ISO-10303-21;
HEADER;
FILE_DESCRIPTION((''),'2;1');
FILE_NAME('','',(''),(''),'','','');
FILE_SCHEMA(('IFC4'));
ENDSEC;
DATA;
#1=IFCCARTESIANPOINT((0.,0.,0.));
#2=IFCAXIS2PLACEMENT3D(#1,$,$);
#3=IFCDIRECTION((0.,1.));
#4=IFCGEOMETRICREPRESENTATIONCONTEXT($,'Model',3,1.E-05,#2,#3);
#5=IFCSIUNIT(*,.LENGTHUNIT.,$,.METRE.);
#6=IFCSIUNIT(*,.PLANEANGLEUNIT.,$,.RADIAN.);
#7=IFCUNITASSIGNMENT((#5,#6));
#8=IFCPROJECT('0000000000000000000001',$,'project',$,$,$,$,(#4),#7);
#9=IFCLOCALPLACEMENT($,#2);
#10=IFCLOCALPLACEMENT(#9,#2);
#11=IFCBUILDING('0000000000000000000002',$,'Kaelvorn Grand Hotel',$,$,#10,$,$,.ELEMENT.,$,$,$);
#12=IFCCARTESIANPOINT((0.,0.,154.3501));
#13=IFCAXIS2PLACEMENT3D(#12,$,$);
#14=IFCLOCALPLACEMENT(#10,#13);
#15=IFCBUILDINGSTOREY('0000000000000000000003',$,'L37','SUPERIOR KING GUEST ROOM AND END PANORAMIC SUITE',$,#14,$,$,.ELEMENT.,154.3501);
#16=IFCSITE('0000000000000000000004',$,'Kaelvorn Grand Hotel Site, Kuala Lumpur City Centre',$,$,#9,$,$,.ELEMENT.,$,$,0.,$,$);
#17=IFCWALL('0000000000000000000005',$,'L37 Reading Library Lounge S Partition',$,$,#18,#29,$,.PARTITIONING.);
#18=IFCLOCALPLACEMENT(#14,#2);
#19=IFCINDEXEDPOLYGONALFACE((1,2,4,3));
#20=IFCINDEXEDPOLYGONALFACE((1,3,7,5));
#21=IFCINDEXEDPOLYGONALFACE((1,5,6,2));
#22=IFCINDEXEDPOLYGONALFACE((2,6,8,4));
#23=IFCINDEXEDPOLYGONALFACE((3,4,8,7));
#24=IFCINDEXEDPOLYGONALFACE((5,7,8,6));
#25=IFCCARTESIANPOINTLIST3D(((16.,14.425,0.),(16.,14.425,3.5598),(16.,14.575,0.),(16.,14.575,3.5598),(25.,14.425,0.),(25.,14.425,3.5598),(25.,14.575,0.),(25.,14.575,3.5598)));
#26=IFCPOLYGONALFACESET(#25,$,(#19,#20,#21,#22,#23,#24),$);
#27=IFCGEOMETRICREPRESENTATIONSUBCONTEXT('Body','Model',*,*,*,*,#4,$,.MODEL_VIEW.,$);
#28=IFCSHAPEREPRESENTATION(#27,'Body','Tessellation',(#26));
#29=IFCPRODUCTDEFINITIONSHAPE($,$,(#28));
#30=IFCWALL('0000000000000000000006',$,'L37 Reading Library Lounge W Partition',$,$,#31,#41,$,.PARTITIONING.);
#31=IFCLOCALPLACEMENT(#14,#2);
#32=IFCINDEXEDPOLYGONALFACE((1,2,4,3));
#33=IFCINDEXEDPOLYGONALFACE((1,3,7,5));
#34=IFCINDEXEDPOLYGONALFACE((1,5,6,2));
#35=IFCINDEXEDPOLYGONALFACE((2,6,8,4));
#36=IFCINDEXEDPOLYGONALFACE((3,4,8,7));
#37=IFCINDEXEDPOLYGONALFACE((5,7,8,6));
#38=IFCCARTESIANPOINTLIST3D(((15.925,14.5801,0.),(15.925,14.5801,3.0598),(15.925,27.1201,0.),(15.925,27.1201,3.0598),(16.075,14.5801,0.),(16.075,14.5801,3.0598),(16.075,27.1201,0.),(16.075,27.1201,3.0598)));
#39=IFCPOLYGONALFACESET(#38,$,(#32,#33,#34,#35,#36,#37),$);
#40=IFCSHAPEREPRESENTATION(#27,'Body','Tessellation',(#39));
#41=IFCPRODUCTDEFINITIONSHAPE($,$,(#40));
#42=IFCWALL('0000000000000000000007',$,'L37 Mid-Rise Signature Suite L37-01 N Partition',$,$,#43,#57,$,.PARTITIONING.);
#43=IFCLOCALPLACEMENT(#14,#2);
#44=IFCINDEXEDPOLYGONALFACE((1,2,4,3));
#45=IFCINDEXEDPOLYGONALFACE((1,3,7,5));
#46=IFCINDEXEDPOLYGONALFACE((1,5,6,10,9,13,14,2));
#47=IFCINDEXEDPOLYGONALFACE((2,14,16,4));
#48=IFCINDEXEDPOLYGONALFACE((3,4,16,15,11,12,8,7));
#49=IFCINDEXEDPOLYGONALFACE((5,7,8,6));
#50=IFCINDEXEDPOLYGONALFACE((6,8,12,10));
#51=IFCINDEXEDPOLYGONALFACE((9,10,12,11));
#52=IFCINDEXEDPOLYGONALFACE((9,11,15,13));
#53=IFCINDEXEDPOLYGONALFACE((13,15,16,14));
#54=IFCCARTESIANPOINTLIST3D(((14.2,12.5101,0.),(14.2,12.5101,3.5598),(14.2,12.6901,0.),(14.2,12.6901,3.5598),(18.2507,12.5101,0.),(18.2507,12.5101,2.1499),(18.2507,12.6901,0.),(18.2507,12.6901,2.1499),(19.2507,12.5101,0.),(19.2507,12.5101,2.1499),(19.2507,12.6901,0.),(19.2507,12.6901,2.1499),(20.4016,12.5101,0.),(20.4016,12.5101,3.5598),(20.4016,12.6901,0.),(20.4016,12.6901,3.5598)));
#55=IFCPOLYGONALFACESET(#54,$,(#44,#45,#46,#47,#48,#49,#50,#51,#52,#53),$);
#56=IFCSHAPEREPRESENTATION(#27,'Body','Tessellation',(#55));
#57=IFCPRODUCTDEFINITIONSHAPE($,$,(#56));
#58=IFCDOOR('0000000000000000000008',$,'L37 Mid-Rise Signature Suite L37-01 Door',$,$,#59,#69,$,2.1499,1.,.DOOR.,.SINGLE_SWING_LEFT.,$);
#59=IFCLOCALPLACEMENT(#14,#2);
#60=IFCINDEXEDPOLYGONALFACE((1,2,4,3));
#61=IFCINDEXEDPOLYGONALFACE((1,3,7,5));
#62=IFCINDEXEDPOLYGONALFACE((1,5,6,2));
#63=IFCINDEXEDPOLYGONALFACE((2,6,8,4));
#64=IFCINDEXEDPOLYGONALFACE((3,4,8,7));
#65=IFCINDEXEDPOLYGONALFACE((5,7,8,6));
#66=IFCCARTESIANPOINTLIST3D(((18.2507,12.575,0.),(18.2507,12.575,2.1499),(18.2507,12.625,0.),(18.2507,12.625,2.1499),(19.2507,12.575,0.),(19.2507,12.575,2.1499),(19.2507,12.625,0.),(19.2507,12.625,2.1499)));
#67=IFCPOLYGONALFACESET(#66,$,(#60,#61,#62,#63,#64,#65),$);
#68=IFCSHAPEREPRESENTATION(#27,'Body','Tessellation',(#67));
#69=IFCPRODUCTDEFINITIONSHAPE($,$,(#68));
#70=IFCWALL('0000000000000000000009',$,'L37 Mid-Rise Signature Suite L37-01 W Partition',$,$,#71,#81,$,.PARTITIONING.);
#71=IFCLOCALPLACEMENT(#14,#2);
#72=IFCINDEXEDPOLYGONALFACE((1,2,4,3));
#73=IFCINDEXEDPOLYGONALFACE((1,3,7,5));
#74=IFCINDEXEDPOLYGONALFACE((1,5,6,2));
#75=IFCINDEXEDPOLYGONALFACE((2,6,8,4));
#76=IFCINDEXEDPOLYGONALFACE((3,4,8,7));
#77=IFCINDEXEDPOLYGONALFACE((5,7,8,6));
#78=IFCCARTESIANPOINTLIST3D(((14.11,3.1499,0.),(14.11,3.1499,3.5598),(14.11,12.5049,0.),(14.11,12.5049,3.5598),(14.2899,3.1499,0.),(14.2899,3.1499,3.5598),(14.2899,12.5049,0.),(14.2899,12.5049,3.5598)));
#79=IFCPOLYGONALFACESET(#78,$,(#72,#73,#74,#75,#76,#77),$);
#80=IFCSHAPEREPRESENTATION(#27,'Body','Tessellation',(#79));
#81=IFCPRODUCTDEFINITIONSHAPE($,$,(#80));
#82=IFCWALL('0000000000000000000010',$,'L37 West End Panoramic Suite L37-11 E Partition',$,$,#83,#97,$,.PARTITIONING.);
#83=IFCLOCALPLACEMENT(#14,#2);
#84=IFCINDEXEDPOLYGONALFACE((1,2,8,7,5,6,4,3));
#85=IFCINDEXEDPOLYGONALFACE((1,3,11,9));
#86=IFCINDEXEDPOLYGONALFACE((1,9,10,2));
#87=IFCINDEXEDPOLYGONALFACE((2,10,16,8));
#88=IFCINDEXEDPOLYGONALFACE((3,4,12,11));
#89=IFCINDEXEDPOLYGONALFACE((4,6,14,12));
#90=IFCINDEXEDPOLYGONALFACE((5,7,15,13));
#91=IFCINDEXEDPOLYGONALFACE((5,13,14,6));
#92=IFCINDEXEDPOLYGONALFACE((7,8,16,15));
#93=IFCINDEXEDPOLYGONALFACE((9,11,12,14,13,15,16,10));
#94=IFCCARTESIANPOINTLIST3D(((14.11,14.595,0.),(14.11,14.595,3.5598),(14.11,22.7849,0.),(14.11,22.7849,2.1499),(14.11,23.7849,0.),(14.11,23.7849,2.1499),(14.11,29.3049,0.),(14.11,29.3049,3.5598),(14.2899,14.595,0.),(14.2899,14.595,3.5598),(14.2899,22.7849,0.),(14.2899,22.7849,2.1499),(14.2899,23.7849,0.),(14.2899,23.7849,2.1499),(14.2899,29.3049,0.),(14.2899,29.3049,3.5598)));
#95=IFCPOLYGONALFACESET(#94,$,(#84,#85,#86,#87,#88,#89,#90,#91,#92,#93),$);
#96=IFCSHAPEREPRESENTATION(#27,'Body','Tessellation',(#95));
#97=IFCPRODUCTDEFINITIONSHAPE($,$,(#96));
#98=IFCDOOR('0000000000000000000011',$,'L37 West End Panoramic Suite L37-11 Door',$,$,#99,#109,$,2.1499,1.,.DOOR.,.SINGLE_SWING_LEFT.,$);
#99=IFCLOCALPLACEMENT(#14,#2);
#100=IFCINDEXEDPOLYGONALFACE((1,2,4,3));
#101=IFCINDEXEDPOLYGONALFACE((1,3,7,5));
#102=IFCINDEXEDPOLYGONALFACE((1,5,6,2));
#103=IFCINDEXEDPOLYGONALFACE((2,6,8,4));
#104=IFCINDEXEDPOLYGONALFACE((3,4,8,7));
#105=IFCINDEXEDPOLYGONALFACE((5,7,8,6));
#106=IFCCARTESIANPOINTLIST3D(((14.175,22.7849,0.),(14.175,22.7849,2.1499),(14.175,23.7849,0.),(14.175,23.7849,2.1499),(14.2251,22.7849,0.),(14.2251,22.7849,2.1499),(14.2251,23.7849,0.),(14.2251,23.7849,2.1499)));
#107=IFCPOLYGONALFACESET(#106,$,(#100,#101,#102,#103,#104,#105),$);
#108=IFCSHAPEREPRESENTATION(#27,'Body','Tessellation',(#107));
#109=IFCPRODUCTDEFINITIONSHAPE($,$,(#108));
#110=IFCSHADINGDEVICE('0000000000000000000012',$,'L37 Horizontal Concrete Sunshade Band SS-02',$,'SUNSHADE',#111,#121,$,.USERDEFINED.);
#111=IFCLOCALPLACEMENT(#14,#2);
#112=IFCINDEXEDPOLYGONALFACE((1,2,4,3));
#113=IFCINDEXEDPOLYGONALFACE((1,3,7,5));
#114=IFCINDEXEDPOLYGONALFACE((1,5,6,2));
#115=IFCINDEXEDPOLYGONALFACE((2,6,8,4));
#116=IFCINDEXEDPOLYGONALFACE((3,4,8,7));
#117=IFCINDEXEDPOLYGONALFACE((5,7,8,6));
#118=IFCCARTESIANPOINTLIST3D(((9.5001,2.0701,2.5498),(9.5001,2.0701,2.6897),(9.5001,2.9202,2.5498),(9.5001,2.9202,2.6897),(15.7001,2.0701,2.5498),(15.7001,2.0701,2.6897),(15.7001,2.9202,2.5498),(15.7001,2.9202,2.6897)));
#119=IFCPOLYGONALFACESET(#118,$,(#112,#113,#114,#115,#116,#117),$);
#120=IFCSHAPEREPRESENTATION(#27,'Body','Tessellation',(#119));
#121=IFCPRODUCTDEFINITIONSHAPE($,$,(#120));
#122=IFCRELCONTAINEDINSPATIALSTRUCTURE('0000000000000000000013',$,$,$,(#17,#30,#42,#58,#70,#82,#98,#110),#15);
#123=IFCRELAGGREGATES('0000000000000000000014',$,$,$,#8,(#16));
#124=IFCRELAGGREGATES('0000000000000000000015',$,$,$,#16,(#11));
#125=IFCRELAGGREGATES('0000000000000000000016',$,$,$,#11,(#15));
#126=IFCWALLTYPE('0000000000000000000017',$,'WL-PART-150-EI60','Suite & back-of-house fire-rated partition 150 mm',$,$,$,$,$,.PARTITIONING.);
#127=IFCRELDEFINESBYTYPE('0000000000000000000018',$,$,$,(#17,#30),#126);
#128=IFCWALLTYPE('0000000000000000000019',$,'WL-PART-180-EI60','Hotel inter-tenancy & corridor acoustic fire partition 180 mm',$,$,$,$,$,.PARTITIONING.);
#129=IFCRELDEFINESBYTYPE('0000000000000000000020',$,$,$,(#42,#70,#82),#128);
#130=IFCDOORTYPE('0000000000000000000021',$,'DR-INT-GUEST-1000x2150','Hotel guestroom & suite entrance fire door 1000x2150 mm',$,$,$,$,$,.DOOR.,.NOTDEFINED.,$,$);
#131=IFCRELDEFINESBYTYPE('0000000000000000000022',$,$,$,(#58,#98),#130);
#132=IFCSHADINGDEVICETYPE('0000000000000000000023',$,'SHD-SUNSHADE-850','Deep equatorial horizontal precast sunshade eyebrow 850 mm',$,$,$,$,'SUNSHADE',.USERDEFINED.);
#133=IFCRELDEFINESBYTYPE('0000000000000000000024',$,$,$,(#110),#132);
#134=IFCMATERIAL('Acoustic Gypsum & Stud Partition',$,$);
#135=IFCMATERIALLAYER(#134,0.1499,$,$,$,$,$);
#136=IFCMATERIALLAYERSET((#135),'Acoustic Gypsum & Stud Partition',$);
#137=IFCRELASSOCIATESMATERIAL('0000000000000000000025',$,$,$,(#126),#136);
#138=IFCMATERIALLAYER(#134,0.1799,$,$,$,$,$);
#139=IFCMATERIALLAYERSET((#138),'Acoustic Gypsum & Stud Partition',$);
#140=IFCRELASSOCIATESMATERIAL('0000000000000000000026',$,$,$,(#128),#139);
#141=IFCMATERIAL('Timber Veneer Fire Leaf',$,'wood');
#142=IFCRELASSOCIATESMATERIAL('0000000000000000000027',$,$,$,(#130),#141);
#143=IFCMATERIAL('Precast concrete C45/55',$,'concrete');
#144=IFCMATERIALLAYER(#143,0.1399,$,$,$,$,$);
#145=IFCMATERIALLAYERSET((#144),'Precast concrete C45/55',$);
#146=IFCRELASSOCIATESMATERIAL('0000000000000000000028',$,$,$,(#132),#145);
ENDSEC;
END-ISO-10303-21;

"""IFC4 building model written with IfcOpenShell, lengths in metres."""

from ifc_helpers import new_model, si_unit, direction, frame, frame_2d, origin, origin_2d, place, context, subcontext, project, spatial, rectangle, extrude, material, layer, layer_set, type_object, element, fill, save


model = new_model("IFC4")

# Units and contexts
model_context = context("Model", 3, precision=1e-05, world=origin(), true_north=direction((0.0, 1.0)))
body_context = subcontext(model_context, "Body", "Model", "MODEL_VIEW")
ifc_project = project(units=[si_unit("LENGTHUNIT", "METRE"), si_unit("PLANEANGLEUNIT", "RADIAN")], contexts=[model_context])

# Site, building, storey
site_placement = place(None, origin())
site = spatial("IfcSite", under=ifc_project, at=site_placement, Name="Kaelvorn Grand Hotel Site, Kuala Lumpur City Centre", CompositionType="ELEMENT", RefElevation=0.0)
building_placement = place(site_placement, origin())
building = spatial("IfcBuilding", under=site, at=building_placement, Name="Kaelvorn Grand Hotel", CompositionType="ELEMENT")
storey_placement = place(building_placement, frame((0.0, 0.0, 154.3501)))
storey = spatial("IfcBuildingStorey", under=building, at=storey_placement, Name="L37", Description="SUPERIOR KING GUEST ROOM AND END PANORAMIC SUITE", CompositionType="ELEMENT", Elevation=154.3501)

# Walls
ifc_material_1 = material(Name="Acoustic Gypsum & Stud Partition")
ifc_layer_1 = layer(ifc_material_1, 0.1499)
ifc_layer_set_1 = layer_set([ifc_layer_1], Name="Acoustic Gypsum & Stud Partition")
wall_type_1 = type_object("IfcWallType", Name="WL-PART-150-EI60", Description="Suite & back-of-house fire-rated partition 150 mm", PredefinedType="PARTITIONING", material=ifc_layer_set_1)
wall_1_placement = place(storey_placement, frame((16.0, 14.5, 0.0), z_axis=(0.0, 0.0, 1.0), x_axis=(1.0, 0.0, 0.0)))
element("IfcWall", 1, at=wall_1_placement, inside=storey, type_object=wall_type_1, Name="L37 Reading Library Lounge S Partition", PredefinedType="PARTITIONING", context=body_context, shape_type="SweptSolid", body=[
    extrude(rectangle(XDim=9.0, YDim=0.1499, at=frame_2d((4.5, 0.0))), origin(), (0.0, 0.0, 1.0), 3.5598),
])
wall_2_placement = place(storey_placement, frame((16.0, 14.5801, 0.0), z_axis=(0.0, 0.0, 1.0), x_axis=(0.0, 1.0, 0.0)))
element("IfcWall", 2, at=wall_2_placement, inside=storey, type_object=wall_type_1, Name="L37 Reading Library Lounge W Partition", PredefinedType="PARTITIONING", context=body_context, shape_type="SweptSolid", body=[
    extrude(rectangle(XDim=12.54, YDim=0.1499, at=frame_2d((6.27, 0.0))), origin(), (0.0, 0.0, 1.0), 3.0598),
])

# Wall, opening, door
ifc_layer_2 = layer(ifc_material_1, 0.1799)
ifc_layer_set_2 = layer_set([ifc_layer_2], Name="Acoustic Gypsum & Stud Partition")
wall_type_2 = type_object("IfcWallType", Name="WL-PART-180-EI60", Description="Hotel inter-tenancy & corridor acoustic fire partition 180 mm", PredefinedType="PARTITIONING", material=ifc_layer_set_2)
wall_3_placement = place(storey_placement, frame((14.2, 12.6001, 0.0), z_axis=(0.0, 0.0, 1.0), x_axis=(1.0, 0.0, 0.0)))
wall_3 = element("IfcWall", 3, at=wall_3_placement, inside=storey, type_object=wall_type_2, Name="L37 Mid-Rise Signature Suite L37-01 N Partition", PredefinedType="PARTITIONING", context=body_context, shape_type="SweptSolid", body=[
    extrude(rectangle(XDim=6.2017, YDim=0.1799, at=frame_2d((3.1008, 0.0))), origin(), (0.0, 0.0, 1.0), 3.5598),
])
opening_1_placement = place(wall_3_placement, frame((4.0508, 0.0, 0.0)))
opening_1 = element("IfcOpeningElement", 4, at=opening_1_placement, cuts=wall_3, PredefinedType="OPENING", context=body_context, shape_type="SweptSolid", body=[
    extrude(rectangle(XDim=1.0, YDim=2.1499, at=frame_2d((0.5, 1.075))), frame((0.0, 0.1001, 0.0), z_axis=(0.0, -1.0, 0.0), x_axis=(1.0, 0.0, 0.0)), (0.0, 0.0, 1.0), 0.2),
])
ifc_material_2 = material(Name="Timber Veneer Fire Leaf", Category="wood")
door_type_1 = type_object("IfcDoorType", Name="DR-INT-GUEST-1000x2150", Description="Hotel guestroom & suite entrance fire door 1000x2150 mm", OperationType="NOTDEFINED", PredefinedType="DOOR", material=ifc_material_2)
door_1_placement = place(opening_1_placement, origin())
door_1 = element("IfcDoor", 5, at=door_1_placement, inside=storey, type_object=door_type_1, Name="L37 Mid-Rise Signature Suite L37-01 Door", OperationType="SINGLE_SWING_LEFT", OverallHeight=2.1499, OverallWidth=1.0, PredefinedType="DOOR", context=body_context, shape_type="SweptSolid", body=[
    extrude(rectangle(XDim=1.0, YDim=2.1499, at=frame_2d((0.5, 1.075))), frame((0.0, 0.0249, 0.0), z_axis=(0.0, -1.0, 0.0), x_axis=(1.0, 0.0, 0.0)), (0.0, 0.0, 1.0), 0.05),
])
fill(opening_1, door_1)

# Wall
wall_4_placement = place(storey_placement, frame((14.2, 3.1499, 0.0), z_axis=(0.0, 0.0, 1.0), x_axis=(0.0, 1.0, 0.0)))
element("IfcWall", 6, at=wall_4_placement, inside=storey, type_object=wall_type_2, Name="L37 Mid-Rise Signature Suite L37-01 W Partition", PredefinedType="PARTITIONING", context=body_context, shape_type="SweptSolid", body=[
    extrude(rectangle(XDim=9.355, YDim=0.1799, at=frame_2d((4.6775, 0.0))), origin(), (0.0, 0.0, 1.0), 3.5598),
])

# Wall, opening, door
wall_5_placement = place(storey_placement, frame((14.2, 14.595, 0.0), z_axis=(0.0, 0.0, 1.0), x_axis=(0.0, 1.0, 0.0)))
wall_5 = element("IfcWall", 7, at=wall_5_placement, inside=storey, type_object=wall_type_2, Name="L37 West End Panoramic Suite L37-11 E Partition", PredefinedType="PARTITIONING", context=body_context, shape_type="SweptSolid", body=[
    extrude(rectangle(XDim=14.71, YDim=0.1799, at=frame_2d((7.355, 0.0))), origin(), (0.0, 0.0, 1.0), 3.5598),
])
opening_2_placement = place(wall_5_placement, frame((8.1899, 0.0, 0.0)))
opening_2 = element("IfcOpeningElement", 8, at=opening_2_placement, cuts=wall_5, PredefinedType="OPENING", context=body_context, shape_type="SweptSolid", body=[
    extrude(rectangle(XDim=1.0, YDim=2.1499, at=frame_2d((0.5, 1.075))), frame((0.0, 0.1001, 0.0), z_axis=(0.0, -1.0, 0.0), x_axis=(1.0, 0.0, 0.0)), (0.0, 0.0, 1.0), 0.2),
])
door_2_placement = place(opening_2_placement, origin())
door_2 = element("IfcDoor", 9, at=door_2_placement, inside=storey, type_object=door_type_1, Name="L37 West End Panoramic Suite L37-11 Door", OperationType="SINGLE_SWING_LEFT", OverallHeight=2.1499, OverallWidth=1.0, PredefinedType="DOOR", context=body_context, shape_type="SweptSolid", body=[
    extrude(rectangle(XDim=1.0, YDim=2.1499, at=frame_2d((0.5, 1.075))), frame((0.0, 0.0249, 0.0), z_axis=(0.0, -1.0, 0.0), x_axis=(1.0, 0.0, 0.0)), (0.0, 0.0, 1.0), 0.05),
])
fill(opening_2, door_2)

# Shading device
ifc_material_3 = material(Name="Precast concrete C45/55", Category="concrete")
ifc_layer_3 = layer(ifc_material_3, 0.1399)
ifc_layer_set_3 = layer_set([ifc_layer_3], Name="Precast concrete C45/55")
shading_device_type = type_object("IfcShadingDeviceType", Name="SHD-SUNSHADE-850", Description="Deep equatorial horizontal precast sunshade eyebrow 850 mm", ElementType="SUNSHADE", PredefinedType="USERDEFINED", material=ifc_layer_set_3)
shading_device_placement = place(storey_placement, frame((12.6001, 2.4951, 2.5498), z_axis=(0.0, 0.0, 1.0), x_axis=(1.0, 0.0, 0.0)))
element("IfcShadingDevice", 10, at=shading_device_placement, inside=storey, type_object=shading_device_type, Name="L37 Horizontal Concrete Sunshade Band SS-02", ObjectType="SUNSHADE", PredefinedType="USERDEFINED", context=body_context, shape_type="SweptSolid", body=[
    extrude(rectangle(XDim=6.2, YDim=0.8501, at=origin_2d()), origin(), (0.0, 0.0, 1.0), 0.1399),
])

save(model, "model.ifc")
